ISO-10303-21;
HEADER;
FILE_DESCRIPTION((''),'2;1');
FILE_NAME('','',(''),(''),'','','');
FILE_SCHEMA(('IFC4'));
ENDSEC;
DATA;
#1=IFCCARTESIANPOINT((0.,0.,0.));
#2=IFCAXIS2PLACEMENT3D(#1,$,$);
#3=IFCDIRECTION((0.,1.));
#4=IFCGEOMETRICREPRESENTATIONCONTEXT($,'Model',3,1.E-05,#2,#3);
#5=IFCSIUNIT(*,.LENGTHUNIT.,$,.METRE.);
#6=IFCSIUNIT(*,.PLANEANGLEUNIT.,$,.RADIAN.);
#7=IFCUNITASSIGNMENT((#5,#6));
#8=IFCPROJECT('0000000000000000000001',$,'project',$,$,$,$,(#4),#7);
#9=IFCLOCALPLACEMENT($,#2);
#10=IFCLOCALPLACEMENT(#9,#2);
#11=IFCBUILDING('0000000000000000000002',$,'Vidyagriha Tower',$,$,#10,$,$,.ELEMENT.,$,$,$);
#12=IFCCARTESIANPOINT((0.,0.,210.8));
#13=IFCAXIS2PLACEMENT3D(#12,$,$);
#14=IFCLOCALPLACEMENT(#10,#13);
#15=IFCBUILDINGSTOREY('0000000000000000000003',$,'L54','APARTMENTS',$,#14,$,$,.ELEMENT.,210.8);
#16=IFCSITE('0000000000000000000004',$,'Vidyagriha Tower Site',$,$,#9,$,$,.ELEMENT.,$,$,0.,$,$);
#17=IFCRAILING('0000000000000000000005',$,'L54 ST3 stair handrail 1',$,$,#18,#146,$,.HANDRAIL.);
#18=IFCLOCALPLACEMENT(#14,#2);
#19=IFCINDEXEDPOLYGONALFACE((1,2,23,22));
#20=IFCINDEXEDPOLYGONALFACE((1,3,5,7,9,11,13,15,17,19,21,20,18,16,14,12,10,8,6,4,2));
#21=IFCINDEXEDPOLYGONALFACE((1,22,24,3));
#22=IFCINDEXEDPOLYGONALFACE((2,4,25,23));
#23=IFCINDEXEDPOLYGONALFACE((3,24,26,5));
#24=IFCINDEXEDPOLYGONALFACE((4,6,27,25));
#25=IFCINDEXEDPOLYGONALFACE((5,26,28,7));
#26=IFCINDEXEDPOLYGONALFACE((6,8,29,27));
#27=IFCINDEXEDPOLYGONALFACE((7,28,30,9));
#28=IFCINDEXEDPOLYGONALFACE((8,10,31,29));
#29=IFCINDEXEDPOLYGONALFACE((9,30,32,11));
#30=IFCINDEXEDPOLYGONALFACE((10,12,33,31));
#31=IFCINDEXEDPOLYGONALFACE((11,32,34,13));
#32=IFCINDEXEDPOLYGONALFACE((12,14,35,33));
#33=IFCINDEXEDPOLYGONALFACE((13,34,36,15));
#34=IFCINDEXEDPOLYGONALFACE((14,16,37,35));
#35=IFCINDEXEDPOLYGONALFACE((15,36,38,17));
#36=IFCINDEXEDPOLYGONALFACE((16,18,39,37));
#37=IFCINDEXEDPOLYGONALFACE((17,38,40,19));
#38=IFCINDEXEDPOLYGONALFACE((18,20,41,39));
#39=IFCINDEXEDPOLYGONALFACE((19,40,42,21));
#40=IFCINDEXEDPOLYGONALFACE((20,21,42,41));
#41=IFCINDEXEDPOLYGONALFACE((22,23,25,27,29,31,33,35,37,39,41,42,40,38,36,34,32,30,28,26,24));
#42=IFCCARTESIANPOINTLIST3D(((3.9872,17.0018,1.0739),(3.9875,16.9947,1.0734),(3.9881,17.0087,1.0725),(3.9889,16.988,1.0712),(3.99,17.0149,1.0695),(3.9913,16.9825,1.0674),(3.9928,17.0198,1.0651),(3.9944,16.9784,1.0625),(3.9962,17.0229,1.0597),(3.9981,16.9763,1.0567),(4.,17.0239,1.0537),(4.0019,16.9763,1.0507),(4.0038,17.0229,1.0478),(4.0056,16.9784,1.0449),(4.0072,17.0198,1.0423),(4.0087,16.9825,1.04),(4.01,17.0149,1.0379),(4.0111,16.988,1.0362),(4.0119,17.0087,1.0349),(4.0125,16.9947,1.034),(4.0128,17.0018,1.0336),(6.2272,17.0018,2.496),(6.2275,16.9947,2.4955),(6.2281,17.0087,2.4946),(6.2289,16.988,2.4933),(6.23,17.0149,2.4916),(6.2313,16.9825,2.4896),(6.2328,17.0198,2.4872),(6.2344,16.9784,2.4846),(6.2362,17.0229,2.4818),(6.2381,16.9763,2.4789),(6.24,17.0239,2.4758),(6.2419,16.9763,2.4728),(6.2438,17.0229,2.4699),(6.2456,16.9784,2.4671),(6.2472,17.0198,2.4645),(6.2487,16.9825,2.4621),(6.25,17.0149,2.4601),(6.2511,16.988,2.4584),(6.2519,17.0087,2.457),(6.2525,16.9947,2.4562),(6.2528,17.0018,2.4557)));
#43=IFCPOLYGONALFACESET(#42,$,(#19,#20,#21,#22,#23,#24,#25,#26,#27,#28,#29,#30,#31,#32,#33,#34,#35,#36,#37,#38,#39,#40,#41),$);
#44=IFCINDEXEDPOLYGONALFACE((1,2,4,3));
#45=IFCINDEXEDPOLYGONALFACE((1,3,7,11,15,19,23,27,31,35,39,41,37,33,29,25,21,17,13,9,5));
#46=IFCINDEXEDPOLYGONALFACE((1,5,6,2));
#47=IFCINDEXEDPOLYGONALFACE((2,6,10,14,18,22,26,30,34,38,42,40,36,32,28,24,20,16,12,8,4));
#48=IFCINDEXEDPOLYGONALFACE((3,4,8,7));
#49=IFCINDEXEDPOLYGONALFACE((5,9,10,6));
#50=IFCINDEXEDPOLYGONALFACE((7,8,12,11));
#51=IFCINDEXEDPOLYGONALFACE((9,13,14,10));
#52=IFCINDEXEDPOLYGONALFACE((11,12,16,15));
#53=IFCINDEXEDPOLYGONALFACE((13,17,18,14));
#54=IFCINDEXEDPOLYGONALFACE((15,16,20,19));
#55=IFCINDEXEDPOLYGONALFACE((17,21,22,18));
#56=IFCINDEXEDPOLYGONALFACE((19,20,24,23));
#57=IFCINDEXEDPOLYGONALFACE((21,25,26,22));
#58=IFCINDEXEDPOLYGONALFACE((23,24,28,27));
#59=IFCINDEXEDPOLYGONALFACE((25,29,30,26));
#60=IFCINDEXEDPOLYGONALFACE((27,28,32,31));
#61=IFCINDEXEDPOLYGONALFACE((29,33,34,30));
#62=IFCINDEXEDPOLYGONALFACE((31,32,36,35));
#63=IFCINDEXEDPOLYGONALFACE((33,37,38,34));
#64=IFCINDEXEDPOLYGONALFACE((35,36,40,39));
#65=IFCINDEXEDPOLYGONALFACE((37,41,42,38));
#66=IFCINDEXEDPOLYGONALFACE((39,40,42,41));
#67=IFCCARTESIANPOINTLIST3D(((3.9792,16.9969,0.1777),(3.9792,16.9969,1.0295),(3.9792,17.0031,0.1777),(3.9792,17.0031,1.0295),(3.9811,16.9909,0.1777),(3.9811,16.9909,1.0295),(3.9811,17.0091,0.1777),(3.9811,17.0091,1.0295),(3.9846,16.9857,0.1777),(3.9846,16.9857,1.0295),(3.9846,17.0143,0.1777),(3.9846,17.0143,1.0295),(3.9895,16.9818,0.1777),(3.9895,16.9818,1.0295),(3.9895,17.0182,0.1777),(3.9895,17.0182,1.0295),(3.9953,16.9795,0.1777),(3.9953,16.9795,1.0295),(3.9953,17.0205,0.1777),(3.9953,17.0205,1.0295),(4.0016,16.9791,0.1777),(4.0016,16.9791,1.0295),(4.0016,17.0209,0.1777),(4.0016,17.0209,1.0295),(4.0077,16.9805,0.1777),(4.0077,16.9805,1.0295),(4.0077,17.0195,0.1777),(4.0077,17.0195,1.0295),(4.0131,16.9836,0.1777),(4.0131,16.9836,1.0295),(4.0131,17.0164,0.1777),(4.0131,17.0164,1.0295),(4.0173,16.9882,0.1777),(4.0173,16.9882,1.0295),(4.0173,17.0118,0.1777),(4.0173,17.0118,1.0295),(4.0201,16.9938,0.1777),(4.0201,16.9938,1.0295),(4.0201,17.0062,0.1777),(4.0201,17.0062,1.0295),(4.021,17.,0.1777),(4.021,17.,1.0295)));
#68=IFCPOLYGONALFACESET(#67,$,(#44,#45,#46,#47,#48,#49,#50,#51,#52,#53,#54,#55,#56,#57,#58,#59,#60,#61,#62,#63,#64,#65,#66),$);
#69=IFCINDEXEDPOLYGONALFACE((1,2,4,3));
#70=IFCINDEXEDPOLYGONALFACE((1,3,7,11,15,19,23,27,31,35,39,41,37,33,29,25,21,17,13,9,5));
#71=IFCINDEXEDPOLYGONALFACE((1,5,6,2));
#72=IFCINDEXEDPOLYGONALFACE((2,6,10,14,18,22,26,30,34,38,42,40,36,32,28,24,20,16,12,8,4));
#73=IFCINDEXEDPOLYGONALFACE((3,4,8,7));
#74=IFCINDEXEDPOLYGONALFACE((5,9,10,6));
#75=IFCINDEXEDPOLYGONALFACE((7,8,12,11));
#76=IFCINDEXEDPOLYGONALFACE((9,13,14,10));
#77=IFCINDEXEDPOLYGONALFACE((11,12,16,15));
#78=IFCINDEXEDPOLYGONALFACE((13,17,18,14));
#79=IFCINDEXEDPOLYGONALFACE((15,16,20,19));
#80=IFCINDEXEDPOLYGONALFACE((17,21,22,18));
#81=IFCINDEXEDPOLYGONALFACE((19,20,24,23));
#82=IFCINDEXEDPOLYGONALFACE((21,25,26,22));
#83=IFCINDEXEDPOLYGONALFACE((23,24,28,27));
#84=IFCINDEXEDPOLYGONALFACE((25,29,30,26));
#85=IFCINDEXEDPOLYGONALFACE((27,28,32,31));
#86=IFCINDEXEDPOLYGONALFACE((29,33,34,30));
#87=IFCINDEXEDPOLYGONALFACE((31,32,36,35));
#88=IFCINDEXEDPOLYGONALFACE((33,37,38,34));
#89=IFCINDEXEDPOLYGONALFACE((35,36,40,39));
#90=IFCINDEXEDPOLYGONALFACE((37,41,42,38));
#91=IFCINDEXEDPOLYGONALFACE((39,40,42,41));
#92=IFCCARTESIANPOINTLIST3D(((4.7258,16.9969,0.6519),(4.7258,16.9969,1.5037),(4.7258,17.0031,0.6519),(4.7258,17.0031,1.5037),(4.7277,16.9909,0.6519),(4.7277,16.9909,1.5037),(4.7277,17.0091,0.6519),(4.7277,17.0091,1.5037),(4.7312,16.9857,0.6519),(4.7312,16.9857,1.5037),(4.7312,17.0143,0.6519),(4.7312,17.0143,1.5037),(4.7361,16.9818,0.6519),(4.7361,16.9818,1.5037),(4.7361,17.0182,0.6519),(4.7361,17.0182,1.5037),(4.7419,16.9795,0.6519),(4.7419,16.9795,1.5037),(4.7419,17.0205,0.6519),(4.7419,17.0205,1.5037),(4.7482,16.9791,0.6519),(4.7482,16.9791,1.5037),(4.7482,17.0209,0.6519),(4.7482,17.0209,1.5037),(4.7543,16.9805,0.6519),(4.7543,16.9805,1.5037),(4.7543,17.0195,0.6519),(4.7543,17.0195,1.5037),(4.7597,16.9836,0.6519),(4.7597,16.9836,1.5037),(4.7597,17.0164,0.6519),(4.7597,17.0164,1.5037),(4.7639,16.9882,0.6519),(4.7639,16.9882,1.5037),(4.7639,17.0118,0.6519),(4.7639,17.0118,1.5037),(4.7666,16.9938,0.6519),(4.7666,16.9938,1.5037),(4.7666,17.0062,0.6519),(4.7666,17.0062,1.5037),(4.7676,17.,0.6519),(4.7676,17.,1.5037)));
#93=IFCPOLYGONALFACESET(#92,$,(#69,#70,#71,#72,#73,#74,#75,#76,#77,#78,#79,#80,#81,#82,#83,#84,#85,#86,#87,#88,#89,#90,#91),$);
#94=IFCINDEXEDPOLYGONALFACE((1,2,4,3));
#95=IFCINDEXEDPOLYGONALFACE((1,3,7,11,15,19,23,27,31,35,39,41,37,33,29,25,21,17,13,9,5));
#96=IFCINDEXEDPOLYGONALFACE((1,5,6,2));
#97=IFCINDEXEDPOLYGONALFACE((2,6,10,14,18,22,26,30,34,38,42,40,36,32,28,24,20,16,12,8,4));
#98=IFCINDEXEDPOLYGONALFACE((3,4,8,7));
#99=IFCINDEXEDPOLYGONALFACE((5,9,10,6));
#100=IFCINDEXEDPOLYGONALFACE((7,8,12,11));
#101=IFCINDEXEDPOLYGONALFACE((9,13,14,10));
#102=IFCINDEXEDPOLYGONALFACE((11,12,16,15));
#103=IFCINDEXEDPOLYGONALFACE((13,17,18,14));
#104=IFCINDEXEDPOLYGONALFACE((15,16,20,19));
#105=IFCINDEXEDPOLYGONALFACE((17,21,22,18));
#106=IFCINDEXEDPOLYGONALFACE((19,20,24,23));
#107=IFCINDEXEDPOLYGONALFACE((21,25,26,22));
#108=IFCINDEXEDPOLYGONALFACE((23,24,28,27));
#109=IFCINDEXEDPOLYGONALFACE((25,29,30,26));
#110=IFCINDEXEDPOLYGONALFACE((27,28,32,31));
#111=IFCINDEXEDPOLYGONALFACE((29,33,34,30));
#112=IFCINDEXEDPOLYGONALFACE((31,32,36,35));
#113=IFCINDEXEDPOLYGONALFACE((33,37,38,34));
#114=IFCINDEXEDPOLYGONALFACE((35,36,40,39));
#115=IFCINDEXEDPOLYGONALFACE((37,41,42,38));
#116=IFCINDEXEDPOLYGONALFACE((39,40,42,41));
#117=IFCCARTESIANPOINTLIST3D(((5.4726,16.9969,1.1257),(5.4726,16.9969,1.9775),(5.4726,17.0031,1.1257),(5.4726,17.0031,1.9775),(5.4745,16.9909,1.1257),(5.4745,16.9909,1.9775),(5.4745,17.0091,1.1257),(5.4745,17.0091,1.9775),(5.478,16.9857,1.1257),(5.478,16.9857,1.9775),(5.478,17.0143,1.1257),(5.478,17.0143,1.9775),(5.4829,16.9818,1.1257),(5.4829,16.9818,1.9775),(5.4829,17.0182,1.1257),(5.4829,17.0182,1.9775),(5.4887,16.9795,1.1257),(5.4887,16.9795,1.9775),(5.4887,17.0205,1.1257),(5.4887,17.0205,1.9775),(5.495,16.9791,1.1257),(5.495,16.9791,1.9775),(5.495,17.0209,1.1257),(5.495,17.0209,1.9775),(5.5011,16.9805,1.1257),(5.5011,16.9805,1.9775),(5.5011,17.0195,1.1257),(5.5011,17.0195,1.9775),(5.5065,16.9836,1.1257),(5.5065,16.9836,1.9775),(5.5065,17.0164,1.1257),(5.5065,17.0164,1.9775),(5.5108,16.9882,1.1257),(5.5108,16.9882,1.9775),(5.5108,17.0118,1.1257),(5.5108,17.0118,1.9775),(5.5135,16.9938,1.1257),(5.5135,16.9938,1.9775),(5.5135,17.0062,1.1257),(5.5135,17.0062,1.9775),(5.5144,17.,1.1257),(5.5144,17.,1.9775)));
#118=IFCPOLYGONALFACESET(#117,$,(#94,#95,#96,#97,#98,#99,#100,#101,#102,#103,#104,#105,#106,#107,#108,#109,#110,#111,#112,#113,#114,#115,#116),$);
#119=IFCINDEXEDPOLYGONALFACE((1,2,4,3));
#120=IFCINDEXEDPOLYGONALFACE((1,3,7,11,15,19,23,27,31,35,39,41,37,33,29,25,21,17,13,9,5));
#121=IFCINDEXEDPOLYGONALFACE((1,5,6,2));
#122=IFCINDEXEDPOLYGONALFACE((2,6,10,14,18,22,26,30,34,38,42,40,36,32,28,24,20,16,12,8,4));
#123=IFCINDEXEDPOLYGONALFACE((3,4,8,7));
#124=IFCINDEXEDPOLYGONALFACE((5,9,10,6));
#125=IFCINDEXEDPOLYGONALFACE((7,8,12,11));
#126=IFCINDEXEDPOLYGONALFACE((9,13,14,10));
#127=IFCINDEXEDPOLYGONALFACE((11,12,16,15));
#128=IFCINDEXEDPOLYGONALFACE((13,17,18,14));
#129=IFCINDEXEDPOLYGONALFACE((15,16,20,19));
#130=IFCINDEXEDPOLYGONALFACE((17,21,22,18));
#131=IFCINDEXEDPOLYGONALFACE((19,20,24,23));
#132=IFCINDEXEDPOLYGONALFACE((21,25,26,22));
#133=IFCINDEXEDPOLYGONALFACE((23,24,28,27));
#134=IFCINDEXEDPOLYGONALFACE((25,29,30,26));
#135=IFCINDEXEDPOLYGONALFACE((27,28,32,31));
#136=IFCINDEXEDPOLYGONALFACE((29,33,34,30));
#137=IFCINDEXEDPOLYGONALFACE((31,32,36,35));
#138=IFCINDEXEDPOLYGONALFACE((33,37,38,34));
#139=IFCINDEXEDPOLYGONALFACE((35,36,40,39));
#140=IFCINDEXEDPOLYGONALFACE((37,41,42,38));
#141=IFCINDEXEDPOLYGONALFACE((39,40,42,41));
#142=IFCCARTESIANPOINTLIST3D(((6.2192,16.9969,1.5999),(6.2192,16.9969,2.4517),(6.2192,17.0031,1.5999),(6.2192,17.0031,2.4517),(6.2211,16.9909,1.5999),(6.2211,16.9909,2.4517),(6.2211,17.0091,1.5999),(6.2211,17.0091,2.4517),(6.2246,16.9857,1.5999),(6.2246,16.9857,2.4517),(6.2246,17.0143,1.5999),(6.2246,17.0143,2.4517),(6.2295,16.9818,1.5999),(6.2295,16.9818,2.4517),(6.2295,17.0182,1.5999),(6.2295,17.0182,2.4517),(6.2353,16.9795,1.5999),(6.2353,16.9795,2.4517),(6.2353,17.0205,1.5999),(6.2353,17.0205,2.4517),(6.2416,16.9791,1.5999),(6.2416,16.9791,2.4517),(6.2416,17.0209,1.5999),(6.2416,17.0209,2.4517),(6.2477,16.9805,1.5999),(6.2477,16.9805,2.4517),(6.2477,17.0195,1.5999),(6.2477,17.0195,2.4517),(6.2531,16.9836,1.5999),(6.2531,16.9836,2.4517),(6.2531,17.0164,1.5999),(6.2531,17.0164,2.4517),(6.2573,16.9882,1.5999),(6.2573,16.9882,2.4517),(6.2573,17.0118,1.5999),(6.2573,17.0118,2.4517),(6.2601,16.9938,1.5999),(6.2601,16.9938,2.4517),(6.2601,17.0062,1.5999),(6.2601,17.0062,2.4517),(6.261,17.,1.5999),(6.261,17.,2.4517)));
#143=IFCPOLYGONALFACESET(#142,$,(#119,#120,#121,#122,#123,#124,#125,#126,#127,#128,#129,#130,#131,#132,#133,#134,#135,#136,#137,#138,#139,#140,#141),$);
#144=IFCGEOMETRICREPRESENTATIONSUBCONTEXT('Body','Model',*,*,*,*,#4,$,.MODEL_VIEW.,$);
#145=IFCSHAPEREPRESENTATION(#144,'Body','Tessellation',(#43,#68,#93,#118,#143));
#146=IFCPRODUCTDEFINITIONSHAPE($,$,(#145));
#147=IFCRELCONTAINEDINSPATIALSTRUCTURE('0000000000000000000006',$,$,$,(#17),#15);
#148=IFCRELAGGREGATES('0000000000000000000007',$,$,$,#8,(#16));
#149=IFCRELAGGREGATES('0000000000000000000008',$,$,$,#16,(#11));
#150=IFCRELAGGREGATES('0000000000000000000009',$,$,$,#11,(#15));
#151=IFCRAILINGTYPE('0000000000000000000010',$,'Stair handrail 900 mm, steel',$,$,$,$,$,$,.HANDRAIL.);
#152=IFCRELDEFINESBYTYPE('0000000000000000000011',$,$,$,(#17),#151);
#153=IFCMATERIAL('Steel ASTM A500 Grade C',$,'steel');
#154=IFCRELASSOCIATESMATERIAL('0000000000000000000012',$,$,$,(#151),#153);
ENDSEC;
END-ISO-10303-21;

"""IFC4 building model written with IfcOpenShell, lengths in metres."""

from ifc_helpers import new_model, si_unit, direction, frame, origin, origin_2d, place, context, subcontext, project, spatial, circle, extrude, material, type_object, element, save


model = new_model("IFC4")

# Units and contexts
model_context = context("Model", 3, precision=1e-05, world=origin(), true_north=direction((0.0, 1.0)))
body_context = subcontext(model_context, "Body", "Model", "MODEL_VIEW")
ifc_project = project(units=[si_unit("LENGTHUNIT", "METRE"), si_unit("PLANEANGLEUNIT", "RADIAN")], contexts=[model_context])

# Site, building, storey
site_placement = place(None, origin())
site = spatial("IfcSite", under=ifc_project, at=site_placement, Name="Vidyagriha Tower Site", CompositionType="ELEMENT", RefElevation=0.0)
building_placement = place(site_placement, origin())
building = spatial("IfcBuilding", under=site, at=building_placement, Name="Vidyagriha Tower", CompositionType="ELEMENT")
storey_placement = place(building_placement, frame((0.0, 0.0, 210.8)))
storey = spatial("IfcBuildingStorey", under=building, at=storey_placement, Name="L54", Description="APARTMENTS", CompositionType="ELEMENT", Elevation=210.8)

# Railing
ifc_material_1 = material(Name="Steel ASTM A500 Grade C", Category="steel")
railing_type_1 = type_object("IfcRailingType", Name="Stair handrail 900 mm, steel", PredefinedType="HANDRAIL", material=ifc_material_1)
railing_1_placement = place(storey_placement, frame((4.0, 17.0, 0.1777)))
element("IfcRailing", 1, at=railing_1_placement, inside=storey, type_object=railing_type_1, Name="L54 ST3 stair handrail 1", PredefinedType="HANDRAIL", context=body_context, shape_type="SweptSolid", body=[
    extrude(circle(Radius=0.0239, at=origin_2d()), frame((0.0, 0.0, 0.876), z_axis=(0.844229, 0.0, 0.535982), x_axis=(0.0, 1.0, 0.0)), (0.0, 0.0, 1.0), 2.6533),
    extrude(circle(Radius=0.021, at=origin_2d()), origin(), (0.0, 0.0, 1.0), 0.8518),
    extrude(circle(Radius=0.021, at=origin_2d()), frame((0.7466, 0.0, 0.4741)), (0.0, 0.0, 1.0), 0.8518),
    extrude(circle(Radius=0.021, at=origin_2d()), frame((1.4934, 0.0, 0.948)), (0.0, 0.0, 1.0), 0.8518),
    extrude(circle(Radius=0.021, at=origin_2d()), frame((2.24, 0.0, 1.4221)), (0.0, 0.0, 1.0), 0.8518),
])

save(model, "model.ifc")
